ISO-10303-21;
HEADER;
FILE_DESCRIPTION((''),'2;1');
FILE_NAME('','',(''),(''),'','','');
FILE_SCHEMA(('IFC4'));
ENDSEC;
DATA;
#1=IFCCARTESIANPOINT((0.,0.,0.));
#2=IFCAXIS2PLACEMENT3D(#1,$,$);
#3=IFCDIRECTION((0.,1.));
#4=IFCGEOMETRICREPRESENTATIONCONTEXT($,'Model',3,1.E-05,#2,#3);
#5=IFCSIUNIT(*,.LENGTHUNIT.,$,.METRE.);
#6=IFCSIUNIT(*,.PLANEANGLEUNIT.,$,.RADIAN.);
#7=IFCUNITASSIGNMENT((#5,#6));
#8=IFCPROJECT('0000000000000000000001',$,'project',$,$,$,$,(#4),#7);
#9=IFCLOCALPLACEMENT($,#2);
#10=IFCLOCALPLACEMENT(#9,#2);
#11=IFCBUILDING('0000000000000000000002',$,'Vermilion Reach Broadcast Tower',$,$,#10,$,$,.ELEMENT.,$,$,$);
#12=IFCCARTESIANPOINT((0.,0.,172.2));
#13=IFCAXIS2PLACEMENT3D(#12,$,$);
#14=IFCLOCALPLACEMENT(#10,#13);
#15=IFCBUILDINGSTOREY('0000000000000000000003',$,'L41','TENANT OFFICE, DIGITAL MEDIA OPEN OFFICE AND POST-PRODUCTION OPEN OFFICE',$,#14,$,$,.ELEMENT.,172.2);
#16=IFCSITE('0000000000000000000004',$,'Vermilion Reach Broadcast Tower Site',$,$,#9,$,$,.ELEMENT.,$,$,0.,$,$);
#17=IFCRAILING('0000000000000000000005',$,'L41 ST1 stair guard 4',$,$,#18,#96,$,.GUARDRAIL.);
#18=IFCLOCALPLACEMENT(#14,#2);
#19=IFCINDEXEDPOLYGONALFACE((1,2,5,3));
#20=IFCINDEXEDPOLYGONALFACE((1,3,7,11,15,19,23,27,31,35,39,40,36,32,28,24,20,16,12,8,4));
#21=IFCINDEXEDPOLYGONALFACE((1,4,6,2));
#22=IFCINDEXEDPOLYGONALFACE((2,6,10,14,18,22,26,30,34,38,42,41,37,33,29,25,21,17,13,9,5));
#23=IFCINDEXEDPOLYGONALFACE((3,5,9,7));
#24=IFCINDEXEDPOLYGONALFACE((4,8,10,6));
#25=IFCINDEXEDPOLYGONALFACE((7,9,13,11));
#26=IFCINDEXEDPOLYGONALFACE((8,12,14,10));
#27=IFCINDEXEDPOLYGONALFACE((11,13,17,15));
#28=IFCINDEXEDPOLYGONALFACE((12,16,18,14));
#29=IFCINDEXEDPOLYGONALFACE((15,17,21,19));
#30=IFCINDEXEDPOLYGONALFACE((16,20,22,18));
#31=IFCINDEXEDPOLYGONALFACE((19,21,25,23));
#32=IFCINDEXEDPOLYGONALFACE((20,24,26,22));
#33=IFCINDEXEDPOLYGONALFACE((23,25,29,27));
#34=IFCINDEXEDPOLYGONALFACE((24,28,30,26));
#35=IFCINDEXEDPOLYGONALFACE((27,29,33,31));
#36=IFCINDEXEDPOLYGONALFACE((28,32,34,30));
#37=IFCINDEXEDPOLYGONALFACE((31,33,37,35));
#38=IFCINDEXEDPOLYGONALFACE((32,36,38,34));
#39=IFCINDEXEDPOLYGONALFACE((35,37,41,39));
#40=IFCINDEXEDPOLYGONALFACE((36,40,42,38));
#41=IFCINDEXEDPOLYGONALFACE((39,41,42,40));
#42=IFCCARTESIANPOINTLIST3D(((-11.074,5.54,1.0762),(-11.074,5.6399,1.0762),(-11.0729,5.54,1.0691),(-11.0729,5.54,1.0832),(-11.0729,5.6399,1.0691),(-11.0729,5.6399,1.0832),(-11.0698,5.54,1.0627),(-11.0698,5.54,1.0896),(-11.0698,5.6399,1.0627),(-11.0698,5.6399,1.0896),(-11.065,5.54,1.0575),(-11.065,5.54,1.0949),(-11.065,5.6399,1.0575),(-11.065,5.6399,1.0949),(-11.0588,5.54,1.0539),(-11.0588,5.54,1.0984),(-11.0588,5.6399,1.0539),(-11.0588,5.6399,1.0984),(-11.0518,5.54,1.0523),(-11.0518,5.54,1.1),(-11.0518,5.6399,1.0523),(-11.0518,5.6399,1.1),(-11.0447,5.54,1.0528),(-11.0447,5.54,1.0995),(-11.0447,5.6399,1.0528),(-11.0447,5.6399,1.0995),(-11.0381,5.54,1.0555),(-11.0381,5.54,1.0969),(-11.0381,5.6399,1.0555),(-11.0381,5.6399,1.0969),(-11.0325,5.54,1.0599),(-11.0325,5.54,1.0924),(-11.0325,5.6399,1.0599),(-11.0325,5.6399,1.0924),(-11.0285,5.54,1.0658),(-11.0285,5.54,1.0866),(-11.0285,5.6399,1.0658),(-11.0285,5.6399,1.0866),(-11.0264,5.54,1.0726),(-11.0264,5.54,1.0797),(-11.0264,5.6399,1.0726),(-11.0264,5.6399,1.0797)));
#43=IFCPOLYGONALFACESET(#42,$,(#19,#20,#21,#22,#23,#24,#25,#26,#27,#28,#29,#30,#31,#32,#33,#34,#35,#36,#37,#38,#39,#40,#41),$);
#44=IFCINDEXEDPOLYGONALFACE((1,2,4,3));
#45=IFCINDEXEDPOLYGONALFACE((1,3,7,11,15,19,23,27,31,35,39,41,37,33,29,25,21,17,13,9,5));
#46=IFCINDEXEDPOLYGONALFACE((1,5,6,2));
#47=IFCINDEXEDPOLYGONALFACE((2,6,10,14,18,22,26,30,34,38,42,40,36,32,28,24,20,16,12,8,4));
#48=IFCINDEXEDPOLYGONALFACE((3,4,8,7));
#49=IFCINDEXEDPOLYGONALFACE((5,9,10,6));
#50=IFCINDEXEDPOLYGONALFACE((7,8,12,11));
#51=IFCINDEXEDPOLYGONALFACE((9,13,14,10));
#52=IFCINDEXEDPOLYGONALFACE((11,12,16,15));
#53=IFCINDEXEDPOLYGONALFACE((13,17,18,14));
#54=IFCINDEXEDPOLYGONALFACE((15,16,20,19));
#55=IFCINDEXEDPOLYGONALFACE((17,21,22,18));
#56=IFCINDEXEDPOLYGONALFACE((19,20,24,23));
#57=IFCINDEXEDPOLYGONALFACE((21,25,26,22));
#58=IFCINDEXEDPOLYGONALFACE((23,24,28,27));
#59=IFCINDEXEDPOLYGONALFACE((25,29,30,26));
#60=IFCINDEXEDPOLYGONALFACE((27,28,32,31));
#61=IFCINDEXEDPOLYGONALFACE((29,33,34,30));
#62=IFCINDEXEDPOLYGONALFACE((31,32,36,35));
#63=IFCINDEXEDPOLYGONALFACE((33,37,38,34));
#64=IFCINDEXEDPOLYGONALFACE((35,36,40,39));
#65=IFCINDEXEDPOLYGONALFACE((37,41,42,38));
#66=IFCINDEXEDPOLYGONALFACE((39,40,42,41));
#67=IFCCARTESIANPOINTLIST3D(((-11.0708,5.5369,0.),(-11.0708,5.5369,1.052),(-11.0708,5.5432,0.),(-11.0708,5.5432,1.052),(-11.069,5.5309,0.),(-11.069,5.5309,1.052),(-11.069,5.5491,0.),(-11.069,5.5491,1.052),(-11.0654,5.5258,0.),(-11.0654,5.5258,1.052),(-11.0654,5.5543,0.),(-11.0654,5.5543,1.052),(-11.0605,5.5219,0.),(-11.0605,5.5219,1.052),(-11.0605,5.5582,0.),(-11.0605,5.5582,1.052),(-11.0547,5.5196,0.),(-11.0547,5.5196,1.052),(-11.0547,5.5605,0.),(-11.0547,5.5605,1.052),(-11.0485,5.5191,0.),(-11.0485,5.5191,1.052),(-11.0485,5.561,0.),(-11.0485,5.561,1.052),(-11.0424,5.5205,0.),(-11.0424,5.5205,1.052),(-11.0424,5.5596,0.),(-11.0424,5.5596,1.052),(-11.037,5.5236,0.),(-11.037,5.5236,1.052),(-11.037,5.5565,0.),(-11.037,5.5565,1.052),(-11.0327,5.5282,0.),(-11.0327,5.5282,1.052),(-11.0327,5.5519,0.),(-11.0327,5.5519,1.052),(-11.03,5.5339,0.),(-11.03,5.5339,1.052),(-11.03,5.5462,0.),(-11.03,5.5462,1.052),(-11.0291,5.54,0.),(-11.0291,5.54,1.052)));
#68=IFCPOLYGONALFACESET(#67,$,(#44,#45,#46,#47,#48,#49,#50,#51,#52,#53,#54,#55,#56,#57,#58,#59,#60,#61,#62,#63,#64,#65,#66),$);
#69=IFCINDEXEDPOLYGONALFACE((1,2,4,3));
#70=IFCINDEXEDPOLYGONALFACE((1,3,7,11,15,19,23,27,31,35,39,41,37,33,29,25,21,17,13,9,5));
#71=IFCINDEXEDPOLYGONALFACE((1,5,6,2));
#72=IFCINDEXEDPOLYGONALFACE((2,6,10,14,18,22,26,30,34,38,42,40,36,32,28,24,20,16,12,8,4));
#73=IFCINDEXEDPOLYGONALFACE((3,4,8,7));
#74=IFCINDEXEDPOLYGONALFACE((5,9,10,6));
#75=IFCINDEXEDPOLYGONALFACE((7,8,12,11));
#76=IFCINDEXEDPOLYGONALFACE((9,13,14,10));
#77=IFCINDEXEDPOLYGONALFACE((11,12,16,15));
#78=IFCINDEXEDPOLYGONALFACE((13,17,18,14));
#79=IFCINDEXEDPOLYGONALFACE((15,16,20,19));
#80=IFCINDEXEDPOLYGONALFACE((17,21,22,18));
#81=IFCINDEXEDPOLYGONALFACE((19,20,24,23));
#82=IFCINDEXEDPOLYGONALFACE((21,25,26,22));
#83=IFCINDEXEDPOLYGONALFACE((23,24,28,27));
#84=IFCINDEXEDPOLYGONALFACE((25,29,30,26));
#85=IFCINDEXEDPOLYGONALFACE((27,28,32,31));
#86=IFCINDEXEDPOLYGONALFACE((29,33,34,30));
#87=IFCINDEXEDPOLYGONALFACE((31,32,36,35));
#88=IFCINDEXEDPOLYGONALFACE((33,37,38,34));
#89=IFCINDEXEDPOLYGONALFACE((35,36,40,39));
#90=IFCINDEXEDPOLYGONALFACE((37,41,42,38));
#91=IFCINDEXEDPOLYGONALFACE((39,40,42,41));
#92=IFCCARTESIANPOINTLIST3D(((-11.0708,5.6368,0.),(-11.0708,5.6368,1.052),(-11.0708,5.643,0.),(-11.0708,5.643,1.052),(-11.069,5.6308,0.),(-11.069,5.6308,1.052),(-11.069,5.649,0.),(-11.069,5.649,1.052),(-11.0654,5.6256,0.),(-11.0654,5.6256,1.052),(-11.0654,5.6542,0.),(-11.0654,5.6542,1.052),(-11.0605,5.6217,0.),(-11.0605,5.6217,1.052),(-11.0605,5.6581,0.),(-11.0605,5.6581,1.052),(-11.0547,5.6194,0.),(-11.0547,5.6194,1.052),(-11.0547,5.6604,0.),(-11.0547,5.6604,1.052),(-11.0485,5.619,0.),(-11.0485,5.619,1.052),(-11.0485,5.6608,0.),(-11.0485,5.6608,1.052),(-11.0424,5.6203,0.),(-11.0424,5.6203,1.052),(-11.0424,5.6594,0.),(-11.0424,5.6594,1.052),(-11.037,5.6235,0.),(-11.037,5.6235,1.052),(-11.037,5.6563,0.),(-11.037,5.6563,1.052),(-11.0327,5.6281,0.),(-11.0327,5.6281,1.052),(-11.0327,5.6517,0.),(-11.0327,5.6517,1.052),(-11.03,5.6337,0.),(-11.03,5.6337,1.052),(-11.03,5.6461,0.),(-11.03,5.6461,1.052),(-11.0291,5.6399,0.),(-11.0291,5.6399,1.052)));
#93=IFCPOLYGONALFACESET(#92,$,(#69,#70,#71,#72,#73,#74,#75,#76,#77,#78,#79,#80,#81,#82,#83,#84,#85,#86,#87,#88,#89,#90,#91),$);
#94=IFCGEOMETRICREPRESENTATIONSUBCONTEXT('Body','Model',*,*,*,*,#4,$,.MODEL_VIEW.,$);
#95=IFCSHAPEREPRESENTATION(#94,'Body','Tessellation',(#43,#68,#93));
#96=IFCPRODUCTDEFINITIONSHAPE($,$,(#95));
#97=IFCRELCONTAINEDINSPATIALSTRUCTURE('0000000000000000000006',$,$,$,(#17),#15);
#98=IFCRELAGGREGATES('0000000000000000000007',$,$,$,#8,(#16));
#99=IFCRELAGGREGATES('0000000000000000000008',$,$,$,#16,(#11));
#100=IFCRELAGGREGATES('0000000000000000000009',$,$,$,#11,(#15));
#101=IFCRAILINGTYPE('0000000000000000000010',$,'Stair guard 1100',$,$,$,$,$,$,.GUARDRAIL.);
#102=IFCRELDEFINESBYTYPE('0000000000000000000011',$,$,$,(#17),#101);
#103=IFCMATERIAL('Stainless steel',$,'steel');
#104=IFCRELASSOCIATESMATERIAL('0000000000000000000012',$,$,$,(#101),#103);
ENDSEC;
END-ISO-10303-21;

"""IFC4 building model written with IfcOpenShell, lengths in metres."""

from ifc_helpers import new_model, si_unit, direction, frame, origin, origin_2d, place, context, subcontext, project, spatial, circle, extrude, material, type_object, element, save


model = new_model("IFC4")

# Units and contexts
model_context = context("Model", 3, precision=1e-05, world=origin(), true_north=direction((0.0, 1.0)))
body_context = subcontext(model_context, "Body", "Model", "MODEL_VIEW")
ifc_project = project(units=[si_unit("LENGTHUNIT", "METRE"), si_unit("PLANEANGLEUNIT", "RADIAN")], contexts=[model_context])

# Site, building, storey
site_placement = place(None, origin())
site = spatial("IfcSite", under=ifc_project, at=site_placement, Name="Vermilion Reach Broadcast Tower Site", CompositionType="ELEMENT", RefElevation=0.0)
building_placement = place(site_placement, origin())
building = spatial("IfcBuilding", under=site, at=building_placement, Name="Vermilion Reach Broadcast Tower", CompositionType="ELEMENT")
storey_placement = place(building_placement, frame((0.0, 0.0, 172.2)))
storey = spatial("IfcBuildingStorey", under=building, at=storey_placement, Name="L41", Description="TENANT OFFICE, DIGITAL MEDIA OPEN OFFICE AND POST-PRODUCTION OPEN OFFICE", CompositionType="ELEMENT", Elevation=172.2)

# Railing
ifc_material_1 = material(Name="Stainless steel", Category="steel")
railing_type_1 = type_object("IfcRailingType", Name="Stair guard 1100", PredefinedType="GUARDRAIL", material=ifc_material_1)
railing_1_placement = place(storey_placement, frame((-11.05, 5.54, 0.0)))
element("IfcRailing", 1, at=railing_1_placement, inside=storey, type_object=railing_type_1, Name="L41 ST1 stair guard 4", PredefinedType="GUARDRAIL", context=body_context, shape_type="SweptSolid", body=[
    extrude(circle(Radius=0.0239, at=origin_2d()), frame((0.0, 0.0, 1.0762), z_axis=(0.0, 1.0, 0.0), x_axis=(-1.0, 0.0, 0.0)), (0.0, 0.0, 1.0), 0.0999),
    extrude(circle(Radius=0.021, at=origin_2d()), origin(), (0.0, 0.0, 1.0), 1.052),
    extrude(circle(Radius=0.021, at=origin_2d()), frame((0.0, 0.0999, 0.0)), (0.0, 0.0, 1.0), 1.052),
])

save(model, "model.ifc")
